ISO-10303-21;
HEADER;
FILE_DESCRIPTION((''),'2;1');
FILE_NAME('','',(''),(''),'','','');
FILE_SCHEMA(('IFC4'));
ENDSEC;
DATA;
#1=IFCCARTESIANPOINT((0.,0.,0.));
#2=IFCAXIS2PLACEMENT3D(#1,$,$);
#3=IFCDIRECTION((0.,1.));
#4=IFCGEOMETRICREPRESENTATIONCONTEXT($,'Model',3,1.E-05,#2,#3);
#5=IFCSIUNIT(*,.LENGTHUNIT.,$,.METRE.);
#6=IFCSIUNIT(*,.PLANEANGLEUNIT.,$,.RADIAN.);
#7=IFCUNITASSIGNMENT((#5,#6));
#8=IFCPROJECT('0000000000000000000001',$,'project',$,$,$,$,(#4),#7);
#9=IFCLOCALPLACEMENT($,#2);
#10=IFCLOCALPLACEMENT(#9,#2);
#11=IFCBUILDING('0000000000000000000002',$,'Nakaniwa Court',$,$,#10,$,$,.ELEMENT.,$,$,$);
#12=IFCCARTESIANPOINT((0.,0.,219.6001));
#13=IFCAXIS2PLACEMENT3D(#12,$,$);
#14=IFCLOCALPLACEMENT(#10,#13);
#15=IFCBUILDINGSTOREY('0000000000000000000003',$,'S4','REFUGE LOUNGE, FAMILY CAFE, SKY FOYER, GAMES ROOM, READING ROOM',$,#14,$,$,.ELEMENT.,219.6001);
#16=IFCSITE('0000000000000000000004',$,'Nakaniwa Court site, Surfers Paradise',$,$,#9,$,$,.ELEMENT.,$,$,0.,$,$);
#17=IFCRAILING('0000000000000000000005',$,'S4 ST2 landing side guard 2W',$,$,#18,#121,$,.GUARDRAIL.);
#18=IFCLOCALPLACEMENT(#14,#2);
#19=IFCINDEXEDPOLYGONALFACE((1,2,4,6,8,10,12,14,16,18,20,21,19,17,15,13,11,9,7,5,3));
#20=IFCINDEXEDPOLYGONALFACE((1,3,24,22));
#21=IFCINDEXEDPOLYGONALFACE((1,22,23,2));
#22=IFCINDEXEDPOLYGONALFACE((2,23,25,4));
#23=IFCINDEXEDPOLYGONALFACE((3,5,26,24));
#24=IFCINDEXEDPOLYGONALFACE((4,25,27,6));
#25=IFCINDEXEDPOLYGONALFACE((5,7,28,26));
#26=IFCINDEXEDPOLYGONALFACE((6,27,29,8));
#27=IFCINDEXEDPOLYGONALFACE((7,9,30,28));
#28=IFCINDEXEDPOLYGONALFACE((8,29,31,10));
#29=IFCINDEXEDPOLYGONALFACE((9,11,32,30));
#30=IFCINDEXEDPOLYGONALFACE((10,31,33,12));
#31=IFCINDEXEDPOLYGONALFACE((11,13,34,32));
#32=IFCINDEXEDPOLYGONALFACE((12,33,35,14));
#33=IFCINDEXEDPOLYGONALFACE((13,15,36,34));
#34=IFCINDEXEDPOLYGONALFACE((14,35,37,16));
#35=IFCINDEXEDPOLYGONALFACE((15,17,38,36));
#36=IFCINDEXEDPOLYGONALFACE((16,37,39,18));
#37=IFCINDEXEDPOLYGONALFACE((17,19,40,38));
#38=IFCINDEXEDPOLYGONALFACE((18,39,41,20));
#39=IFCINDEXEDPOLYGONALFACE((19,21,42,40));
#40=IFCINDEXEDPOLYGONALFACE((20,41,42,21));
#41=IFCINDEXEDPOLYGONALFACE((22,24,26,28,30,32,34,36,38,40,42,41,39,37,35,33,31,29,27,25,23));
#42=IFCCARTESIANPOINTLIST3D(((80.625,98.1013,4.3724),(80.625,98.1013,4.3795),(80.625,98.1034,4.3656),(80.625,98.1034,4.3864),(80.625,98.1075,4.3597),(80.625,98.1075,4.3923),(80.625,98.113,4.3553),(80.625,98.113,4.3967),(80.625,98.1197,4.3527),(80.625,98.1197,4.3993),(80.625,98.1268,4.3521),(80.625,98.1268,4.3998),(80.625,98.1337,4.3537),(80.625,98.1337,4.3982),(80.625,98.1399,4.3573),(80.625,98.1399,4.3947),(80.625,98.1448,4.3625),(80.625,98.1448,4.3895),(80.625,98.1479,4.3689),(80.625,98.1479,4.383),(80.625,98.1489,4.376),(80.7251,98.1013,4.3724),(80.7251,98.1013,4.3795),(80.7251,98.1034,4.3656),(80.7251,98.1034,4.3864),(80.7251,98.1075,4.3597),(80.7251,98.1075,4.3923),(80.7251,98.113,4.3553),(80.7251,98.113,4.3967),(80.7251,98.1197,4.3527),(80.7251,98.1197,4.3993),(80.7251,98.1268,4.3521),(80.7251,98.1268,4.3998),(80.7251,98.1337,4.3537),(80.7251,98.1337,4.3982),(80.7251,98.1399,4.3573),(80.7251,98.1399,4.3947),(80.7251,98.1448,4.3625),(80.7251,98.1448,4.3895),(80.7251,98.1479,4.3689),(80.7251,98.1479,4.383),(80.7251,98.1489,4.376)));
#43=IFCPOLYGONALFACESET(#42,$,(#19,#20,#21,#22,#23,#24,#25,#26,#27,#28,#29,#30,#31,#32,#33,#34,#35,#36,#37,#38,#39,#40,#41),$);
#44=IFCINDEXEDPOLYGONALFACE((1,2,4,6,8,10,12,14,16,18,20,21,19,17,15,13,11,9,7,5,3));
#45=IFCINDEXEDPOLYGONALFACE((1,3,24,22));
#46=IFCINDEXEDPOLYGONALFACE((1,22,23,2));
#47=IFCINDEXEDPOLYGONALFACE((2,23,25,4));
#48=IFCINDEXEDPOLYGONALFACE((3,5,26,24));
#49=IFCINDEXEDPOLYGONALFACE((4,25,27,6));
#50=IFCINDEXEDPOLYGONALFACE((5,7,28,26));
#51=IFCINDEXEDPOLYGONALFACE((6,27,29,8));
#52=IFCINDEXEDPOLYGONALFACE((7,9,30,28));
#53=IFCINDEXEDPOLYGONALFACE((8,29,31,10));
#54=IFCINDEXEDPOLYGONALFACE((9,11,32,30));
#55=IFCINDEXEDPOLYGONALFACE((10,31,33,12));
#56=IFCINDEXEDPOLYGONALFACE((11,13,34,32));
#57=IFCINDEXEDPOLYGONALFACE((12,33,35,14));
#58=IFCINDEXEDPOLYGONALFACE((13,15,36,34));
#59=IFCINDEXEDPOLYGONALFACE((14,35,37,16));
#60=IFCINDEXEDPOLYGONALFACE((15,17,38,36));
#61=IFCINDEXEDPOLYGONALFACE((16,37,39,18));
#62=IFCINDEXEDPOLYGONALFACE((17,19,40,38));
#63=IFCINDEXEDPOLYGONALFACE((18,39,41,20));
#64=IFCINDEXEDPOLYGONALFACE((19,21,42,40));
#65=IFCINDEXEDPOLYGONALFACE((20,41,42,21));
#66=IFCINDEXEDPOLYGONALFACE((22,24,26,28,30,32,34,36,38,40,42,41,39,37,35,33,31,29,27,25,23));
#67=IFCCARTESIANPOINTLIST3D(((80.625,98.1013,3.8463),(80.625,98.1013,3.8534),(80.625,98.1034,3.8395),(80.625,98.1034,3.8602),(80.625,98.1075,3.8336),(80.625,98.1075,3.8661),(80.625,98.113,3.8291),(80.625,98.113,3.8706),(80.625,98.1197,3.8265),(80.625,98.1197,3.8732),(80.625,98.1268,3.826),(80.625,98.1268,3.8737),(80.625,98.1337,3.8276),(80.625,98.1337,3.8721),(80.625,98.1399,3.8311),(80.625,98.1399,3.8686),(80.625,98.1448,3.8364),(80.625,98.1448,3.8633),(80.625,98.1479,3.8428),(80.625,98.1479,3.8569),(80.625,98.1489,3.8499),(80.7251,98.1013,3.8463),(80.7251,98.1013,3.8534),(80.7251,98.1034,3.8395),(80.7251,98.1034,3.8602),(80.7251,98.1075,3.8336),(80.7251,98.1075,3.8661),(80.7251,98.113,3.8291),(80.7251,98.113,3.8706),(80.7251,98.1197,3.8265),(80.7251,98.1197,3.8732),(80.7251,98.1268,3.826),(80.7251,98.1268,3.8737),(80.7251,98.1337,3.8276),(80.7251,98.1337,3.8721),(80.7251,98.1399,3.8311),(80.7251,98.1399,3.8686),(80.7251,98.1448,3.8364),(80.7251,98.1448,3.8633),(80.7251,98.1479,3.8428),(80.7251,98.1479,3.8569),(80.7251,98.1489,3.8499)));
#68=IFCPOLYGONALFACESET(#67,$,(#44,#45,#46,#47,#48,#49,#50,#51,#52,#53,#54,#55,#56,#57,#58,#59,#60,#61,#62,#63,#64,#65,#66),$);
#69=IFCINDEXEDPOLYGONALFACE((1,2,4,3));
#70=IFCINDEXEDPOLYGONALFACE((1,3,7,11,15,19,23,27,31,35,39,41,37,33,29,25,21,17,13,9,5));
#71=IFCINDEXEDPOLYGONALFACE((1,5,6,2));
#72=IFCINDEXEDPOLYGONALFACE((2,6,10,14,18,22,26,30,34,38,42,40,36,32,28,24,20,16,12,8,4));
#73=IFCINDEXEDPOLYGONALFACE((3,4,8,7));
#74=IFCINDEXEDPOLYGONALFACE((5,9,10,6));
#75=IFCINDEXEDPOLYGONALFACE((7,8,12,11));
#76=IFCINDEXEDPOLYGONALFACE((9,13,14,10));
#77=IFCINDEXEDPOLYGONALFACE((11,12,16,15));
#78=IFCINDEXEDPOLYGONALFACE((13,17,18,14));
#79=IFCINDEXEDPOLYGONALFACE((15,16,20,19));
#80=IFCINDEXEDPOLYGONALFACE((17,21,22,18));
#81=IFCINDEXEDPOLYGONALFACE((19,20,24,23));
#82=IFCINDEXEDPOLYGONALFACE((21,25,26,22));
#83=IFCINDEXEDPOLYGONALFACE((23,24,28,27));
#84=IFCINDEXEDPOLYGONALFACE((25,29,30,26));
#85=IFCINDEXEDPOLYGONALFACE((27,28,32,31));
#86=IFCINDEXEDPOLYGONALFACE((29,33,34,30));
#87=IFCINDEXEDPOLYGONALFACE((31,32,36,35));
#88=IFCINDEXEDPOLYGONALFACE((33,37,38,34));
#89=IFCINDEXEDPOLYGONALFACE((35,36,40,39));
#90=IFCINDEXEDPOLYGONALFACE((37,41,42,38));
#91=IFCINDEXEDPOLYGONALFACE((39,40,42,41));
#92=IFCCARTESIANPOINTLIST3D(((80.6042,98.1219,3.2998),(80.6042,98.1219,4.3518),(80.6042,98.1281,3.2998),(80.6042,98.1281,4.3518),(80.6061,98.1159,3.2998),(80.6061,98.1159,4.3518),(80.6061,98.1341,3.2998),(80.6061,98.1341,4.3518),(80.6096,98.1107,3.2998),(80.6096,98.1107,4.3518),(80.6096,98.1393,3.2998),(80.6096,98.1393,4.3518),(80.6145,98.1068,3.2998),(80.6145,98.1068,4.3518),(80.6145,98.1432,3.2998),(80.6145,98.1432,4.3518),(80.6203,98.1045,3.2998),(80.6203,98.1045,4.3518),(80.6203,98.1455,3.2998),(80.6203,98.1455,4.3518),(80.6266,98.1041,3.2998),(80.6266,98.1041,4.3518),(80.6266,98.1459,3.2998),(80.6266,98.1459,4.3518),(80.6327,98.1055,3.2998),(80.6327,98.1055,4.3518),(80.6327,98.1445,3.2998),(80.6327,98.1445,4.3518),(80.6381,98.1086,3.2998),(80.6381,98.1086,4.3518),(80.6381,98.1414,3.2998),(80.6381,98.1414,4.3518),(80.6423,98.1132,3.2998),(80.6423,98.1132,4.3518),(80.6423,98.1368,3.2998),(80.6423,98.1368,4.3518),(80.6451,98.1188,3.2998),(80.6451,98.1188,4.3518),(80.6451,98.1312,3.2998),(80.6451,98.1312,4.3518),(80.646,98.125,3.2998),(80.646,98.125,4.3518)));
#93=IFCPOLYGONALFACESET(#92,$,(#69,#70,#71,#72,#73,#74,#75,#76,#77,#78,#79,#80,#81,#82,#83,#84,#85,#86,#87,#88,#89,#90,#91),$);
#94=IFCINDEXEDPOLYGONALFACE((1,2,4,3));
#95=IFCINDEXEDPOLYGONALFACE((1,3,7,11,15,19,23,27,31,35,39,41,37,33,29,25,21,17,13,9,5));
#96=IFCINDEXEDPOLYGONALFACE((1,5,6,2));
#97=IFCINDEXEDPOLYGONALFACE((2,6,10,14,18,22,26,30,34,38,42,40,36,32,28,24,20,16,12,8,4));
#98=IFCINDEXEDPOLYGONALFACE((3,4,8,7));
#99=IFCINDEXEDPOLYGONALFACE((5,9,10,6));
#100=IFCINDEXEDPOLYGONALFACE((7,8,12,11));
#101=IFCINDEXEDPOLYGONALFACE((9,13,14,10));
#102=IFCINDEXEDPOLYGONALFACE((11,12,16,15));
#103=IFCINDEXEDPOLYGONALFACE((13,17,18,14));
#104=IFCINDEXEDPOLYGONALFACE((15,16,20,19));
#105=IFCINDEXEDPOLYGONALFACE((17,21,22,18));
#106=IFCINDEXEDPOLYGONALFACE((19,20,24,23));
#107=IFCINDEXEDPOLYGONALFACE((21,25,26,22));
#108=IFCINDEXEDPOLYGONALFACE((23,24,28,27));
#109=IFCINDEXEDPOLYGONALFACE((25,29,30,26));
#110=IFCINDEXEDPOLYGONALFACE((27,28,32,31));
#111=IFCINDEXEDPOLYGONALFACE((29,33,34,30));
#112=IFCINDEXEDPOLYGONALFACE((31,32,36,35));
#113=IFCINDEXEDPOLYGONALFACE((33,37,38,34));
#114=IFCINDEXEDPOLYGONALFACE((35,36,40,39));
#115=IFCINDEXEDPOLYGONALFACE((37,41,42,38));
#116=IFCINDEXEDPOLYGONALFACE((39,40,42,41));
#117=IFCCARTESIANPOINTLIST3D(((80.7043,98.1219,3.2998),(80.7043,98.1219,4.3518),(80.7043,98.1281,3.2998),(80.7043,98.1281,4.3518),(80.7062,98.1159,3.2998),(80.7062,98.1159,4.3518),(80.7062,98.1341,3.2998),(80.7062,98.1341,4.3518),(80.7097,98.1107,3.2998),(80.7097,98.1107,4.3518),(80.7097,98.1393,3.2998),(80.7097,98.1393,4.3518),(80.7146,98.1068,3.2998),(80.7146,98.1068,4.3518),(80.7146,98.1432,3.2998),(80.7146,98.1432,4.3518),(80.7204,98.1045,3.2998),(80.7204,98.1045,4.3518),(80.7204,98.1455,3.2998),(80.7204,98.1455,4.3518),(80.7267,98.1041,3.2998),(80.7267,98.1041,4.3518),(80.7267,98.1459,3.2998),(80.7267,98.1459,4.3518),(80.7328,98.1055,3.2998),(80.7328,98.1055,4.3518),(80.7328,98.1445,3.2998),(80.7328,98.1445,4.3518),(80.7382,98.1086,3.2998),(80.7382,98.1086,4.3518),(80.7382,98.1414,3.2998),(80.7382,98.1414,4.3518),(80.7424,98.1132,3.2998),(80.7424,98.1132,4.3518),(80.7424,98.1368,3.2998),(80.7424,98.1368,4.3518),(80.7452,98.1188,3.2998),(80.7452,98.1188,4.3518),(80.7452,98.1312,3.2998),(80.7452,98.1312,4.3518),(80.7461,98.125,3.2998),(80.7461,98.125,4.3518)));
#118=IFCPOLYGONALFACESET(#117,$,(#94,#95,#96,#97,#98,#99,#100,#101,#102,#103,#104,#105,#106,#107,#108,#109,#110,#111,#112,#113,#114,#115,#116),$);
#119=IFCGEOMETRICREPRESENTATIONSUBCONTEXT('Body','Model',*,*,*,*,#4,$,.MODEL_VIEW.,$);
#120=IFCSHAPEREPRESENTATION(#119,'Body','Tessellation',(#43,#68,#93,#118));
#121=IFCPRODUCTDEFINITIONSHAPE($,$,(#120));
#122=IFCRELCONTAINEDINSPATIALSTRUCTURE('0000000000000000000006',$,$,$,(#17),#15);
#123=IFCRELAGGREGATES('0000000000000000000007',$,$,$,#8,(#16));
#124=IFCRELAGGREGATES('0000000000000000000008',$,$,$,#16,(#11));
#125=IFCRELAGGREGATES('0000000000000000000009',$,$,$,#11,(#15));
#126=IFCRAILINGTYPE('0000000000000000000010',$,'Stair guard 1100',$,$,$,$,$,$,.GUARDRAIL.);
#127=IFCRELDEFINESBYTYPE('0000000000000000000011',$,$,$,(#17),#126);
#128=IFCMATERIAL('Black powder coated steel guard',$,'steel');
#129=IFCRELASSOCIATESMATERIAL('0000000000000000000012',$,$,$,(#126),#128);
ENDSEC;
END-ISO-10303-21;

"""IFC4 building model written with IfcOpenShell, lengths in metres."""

from ifc_helpers import new_model, si_unit, direction, frame, origin, origin_2d, place, context, subcontext, project, spatial, circle, extrude, material, type_object, element, save


model = new_model("IFC4")

# Units and contexts
model_context = context("Model", 3, precision=1e-05, world=origin(), true_north=direction((0.0, 1.0)))
body_context = subcontext(model_context, "Body", "Model", "MODEL_VIEW")
ifc_project = project(units=[si_unit("LENGTHUNIT", "METRE"), si_unit("PLANEANGLEUNIT", "RADIAN")], contexts=[model_context])

# Site, building, storey
site_placement = place(None, origin())
site = spatial("IfcSite", under=ifc_project, at=site_placement, Name="Nakaniwa Court site, Surfers Paradise", CompositionType="ELEMENT", RefElevation=0.0)
building_placement = place(site_placement, origin())
building = spatial("IfcBuilding", under=site, at=building_placement, Name="Nakaniwa Court", CompositionType="ELEMENT")
storey_placement = place(building_placement, frame((0.0, 0.0, 219.6001)))
storey = spatial("IfcBuildingStorey", under=building, at=storey_placement, Name="S4", Description="REFUGE LOUNGE, FAMILY CAFE, SKY FOYER, GAMES ROOM, READING ROOM", CompositionType="ELEMENT", Elevation=219.6001)

# Railing
ifc_material_1 = material(Name="Black powder coated steel guard", Category="steel")
railing_type_1 = type_object("IfcRailingType", Name="Stair guard 1100", PredefinedType="GUARDRAIL", material=ifc_material_1)
railing_1_placement = place(storey_placement, frame((80.625, 98.125, 3.2998)))
element("IfcRailing", 1, at=railing_1_placement, inside=storey, type_object=railing_type_1, Name="S4 ST2 landing side guard 2W", PredefinedType="GUARDRAIL", context=body_context, shape_type="SweptSolid", body=[
    extrude(circle(Radius=0.0239, at=origin_2d()), frame((0.0, 0.0, 1.0762), z_axis=(1.0, 0.0, 0.0), x_axis=(0.0, 1.0, 0.0)), (0.0, 0.0, 1.0), 0.1001),
    extrude(circle(Radius=0.0239, at=origin_2d()), frame((0.0, 0.0, 0.55), z_axis=(1.0, 0.0, 0.0), x_axis=(0.0, 1.0, 0.0)), (0.0, 0.0, 1.0), 0.1001),
    extrude(circle(Radius=0.021, at=origin_2d()), origin(), (0.0, 0.0, 1.0), 1.052),
    extrude(circle(Radius=0.021, at=origin_2d()), frame((0.1001, 0.0, 0.0)), (0.0, 0.0, 1.0), 1.052),
])

save(model, "model.ifc")
